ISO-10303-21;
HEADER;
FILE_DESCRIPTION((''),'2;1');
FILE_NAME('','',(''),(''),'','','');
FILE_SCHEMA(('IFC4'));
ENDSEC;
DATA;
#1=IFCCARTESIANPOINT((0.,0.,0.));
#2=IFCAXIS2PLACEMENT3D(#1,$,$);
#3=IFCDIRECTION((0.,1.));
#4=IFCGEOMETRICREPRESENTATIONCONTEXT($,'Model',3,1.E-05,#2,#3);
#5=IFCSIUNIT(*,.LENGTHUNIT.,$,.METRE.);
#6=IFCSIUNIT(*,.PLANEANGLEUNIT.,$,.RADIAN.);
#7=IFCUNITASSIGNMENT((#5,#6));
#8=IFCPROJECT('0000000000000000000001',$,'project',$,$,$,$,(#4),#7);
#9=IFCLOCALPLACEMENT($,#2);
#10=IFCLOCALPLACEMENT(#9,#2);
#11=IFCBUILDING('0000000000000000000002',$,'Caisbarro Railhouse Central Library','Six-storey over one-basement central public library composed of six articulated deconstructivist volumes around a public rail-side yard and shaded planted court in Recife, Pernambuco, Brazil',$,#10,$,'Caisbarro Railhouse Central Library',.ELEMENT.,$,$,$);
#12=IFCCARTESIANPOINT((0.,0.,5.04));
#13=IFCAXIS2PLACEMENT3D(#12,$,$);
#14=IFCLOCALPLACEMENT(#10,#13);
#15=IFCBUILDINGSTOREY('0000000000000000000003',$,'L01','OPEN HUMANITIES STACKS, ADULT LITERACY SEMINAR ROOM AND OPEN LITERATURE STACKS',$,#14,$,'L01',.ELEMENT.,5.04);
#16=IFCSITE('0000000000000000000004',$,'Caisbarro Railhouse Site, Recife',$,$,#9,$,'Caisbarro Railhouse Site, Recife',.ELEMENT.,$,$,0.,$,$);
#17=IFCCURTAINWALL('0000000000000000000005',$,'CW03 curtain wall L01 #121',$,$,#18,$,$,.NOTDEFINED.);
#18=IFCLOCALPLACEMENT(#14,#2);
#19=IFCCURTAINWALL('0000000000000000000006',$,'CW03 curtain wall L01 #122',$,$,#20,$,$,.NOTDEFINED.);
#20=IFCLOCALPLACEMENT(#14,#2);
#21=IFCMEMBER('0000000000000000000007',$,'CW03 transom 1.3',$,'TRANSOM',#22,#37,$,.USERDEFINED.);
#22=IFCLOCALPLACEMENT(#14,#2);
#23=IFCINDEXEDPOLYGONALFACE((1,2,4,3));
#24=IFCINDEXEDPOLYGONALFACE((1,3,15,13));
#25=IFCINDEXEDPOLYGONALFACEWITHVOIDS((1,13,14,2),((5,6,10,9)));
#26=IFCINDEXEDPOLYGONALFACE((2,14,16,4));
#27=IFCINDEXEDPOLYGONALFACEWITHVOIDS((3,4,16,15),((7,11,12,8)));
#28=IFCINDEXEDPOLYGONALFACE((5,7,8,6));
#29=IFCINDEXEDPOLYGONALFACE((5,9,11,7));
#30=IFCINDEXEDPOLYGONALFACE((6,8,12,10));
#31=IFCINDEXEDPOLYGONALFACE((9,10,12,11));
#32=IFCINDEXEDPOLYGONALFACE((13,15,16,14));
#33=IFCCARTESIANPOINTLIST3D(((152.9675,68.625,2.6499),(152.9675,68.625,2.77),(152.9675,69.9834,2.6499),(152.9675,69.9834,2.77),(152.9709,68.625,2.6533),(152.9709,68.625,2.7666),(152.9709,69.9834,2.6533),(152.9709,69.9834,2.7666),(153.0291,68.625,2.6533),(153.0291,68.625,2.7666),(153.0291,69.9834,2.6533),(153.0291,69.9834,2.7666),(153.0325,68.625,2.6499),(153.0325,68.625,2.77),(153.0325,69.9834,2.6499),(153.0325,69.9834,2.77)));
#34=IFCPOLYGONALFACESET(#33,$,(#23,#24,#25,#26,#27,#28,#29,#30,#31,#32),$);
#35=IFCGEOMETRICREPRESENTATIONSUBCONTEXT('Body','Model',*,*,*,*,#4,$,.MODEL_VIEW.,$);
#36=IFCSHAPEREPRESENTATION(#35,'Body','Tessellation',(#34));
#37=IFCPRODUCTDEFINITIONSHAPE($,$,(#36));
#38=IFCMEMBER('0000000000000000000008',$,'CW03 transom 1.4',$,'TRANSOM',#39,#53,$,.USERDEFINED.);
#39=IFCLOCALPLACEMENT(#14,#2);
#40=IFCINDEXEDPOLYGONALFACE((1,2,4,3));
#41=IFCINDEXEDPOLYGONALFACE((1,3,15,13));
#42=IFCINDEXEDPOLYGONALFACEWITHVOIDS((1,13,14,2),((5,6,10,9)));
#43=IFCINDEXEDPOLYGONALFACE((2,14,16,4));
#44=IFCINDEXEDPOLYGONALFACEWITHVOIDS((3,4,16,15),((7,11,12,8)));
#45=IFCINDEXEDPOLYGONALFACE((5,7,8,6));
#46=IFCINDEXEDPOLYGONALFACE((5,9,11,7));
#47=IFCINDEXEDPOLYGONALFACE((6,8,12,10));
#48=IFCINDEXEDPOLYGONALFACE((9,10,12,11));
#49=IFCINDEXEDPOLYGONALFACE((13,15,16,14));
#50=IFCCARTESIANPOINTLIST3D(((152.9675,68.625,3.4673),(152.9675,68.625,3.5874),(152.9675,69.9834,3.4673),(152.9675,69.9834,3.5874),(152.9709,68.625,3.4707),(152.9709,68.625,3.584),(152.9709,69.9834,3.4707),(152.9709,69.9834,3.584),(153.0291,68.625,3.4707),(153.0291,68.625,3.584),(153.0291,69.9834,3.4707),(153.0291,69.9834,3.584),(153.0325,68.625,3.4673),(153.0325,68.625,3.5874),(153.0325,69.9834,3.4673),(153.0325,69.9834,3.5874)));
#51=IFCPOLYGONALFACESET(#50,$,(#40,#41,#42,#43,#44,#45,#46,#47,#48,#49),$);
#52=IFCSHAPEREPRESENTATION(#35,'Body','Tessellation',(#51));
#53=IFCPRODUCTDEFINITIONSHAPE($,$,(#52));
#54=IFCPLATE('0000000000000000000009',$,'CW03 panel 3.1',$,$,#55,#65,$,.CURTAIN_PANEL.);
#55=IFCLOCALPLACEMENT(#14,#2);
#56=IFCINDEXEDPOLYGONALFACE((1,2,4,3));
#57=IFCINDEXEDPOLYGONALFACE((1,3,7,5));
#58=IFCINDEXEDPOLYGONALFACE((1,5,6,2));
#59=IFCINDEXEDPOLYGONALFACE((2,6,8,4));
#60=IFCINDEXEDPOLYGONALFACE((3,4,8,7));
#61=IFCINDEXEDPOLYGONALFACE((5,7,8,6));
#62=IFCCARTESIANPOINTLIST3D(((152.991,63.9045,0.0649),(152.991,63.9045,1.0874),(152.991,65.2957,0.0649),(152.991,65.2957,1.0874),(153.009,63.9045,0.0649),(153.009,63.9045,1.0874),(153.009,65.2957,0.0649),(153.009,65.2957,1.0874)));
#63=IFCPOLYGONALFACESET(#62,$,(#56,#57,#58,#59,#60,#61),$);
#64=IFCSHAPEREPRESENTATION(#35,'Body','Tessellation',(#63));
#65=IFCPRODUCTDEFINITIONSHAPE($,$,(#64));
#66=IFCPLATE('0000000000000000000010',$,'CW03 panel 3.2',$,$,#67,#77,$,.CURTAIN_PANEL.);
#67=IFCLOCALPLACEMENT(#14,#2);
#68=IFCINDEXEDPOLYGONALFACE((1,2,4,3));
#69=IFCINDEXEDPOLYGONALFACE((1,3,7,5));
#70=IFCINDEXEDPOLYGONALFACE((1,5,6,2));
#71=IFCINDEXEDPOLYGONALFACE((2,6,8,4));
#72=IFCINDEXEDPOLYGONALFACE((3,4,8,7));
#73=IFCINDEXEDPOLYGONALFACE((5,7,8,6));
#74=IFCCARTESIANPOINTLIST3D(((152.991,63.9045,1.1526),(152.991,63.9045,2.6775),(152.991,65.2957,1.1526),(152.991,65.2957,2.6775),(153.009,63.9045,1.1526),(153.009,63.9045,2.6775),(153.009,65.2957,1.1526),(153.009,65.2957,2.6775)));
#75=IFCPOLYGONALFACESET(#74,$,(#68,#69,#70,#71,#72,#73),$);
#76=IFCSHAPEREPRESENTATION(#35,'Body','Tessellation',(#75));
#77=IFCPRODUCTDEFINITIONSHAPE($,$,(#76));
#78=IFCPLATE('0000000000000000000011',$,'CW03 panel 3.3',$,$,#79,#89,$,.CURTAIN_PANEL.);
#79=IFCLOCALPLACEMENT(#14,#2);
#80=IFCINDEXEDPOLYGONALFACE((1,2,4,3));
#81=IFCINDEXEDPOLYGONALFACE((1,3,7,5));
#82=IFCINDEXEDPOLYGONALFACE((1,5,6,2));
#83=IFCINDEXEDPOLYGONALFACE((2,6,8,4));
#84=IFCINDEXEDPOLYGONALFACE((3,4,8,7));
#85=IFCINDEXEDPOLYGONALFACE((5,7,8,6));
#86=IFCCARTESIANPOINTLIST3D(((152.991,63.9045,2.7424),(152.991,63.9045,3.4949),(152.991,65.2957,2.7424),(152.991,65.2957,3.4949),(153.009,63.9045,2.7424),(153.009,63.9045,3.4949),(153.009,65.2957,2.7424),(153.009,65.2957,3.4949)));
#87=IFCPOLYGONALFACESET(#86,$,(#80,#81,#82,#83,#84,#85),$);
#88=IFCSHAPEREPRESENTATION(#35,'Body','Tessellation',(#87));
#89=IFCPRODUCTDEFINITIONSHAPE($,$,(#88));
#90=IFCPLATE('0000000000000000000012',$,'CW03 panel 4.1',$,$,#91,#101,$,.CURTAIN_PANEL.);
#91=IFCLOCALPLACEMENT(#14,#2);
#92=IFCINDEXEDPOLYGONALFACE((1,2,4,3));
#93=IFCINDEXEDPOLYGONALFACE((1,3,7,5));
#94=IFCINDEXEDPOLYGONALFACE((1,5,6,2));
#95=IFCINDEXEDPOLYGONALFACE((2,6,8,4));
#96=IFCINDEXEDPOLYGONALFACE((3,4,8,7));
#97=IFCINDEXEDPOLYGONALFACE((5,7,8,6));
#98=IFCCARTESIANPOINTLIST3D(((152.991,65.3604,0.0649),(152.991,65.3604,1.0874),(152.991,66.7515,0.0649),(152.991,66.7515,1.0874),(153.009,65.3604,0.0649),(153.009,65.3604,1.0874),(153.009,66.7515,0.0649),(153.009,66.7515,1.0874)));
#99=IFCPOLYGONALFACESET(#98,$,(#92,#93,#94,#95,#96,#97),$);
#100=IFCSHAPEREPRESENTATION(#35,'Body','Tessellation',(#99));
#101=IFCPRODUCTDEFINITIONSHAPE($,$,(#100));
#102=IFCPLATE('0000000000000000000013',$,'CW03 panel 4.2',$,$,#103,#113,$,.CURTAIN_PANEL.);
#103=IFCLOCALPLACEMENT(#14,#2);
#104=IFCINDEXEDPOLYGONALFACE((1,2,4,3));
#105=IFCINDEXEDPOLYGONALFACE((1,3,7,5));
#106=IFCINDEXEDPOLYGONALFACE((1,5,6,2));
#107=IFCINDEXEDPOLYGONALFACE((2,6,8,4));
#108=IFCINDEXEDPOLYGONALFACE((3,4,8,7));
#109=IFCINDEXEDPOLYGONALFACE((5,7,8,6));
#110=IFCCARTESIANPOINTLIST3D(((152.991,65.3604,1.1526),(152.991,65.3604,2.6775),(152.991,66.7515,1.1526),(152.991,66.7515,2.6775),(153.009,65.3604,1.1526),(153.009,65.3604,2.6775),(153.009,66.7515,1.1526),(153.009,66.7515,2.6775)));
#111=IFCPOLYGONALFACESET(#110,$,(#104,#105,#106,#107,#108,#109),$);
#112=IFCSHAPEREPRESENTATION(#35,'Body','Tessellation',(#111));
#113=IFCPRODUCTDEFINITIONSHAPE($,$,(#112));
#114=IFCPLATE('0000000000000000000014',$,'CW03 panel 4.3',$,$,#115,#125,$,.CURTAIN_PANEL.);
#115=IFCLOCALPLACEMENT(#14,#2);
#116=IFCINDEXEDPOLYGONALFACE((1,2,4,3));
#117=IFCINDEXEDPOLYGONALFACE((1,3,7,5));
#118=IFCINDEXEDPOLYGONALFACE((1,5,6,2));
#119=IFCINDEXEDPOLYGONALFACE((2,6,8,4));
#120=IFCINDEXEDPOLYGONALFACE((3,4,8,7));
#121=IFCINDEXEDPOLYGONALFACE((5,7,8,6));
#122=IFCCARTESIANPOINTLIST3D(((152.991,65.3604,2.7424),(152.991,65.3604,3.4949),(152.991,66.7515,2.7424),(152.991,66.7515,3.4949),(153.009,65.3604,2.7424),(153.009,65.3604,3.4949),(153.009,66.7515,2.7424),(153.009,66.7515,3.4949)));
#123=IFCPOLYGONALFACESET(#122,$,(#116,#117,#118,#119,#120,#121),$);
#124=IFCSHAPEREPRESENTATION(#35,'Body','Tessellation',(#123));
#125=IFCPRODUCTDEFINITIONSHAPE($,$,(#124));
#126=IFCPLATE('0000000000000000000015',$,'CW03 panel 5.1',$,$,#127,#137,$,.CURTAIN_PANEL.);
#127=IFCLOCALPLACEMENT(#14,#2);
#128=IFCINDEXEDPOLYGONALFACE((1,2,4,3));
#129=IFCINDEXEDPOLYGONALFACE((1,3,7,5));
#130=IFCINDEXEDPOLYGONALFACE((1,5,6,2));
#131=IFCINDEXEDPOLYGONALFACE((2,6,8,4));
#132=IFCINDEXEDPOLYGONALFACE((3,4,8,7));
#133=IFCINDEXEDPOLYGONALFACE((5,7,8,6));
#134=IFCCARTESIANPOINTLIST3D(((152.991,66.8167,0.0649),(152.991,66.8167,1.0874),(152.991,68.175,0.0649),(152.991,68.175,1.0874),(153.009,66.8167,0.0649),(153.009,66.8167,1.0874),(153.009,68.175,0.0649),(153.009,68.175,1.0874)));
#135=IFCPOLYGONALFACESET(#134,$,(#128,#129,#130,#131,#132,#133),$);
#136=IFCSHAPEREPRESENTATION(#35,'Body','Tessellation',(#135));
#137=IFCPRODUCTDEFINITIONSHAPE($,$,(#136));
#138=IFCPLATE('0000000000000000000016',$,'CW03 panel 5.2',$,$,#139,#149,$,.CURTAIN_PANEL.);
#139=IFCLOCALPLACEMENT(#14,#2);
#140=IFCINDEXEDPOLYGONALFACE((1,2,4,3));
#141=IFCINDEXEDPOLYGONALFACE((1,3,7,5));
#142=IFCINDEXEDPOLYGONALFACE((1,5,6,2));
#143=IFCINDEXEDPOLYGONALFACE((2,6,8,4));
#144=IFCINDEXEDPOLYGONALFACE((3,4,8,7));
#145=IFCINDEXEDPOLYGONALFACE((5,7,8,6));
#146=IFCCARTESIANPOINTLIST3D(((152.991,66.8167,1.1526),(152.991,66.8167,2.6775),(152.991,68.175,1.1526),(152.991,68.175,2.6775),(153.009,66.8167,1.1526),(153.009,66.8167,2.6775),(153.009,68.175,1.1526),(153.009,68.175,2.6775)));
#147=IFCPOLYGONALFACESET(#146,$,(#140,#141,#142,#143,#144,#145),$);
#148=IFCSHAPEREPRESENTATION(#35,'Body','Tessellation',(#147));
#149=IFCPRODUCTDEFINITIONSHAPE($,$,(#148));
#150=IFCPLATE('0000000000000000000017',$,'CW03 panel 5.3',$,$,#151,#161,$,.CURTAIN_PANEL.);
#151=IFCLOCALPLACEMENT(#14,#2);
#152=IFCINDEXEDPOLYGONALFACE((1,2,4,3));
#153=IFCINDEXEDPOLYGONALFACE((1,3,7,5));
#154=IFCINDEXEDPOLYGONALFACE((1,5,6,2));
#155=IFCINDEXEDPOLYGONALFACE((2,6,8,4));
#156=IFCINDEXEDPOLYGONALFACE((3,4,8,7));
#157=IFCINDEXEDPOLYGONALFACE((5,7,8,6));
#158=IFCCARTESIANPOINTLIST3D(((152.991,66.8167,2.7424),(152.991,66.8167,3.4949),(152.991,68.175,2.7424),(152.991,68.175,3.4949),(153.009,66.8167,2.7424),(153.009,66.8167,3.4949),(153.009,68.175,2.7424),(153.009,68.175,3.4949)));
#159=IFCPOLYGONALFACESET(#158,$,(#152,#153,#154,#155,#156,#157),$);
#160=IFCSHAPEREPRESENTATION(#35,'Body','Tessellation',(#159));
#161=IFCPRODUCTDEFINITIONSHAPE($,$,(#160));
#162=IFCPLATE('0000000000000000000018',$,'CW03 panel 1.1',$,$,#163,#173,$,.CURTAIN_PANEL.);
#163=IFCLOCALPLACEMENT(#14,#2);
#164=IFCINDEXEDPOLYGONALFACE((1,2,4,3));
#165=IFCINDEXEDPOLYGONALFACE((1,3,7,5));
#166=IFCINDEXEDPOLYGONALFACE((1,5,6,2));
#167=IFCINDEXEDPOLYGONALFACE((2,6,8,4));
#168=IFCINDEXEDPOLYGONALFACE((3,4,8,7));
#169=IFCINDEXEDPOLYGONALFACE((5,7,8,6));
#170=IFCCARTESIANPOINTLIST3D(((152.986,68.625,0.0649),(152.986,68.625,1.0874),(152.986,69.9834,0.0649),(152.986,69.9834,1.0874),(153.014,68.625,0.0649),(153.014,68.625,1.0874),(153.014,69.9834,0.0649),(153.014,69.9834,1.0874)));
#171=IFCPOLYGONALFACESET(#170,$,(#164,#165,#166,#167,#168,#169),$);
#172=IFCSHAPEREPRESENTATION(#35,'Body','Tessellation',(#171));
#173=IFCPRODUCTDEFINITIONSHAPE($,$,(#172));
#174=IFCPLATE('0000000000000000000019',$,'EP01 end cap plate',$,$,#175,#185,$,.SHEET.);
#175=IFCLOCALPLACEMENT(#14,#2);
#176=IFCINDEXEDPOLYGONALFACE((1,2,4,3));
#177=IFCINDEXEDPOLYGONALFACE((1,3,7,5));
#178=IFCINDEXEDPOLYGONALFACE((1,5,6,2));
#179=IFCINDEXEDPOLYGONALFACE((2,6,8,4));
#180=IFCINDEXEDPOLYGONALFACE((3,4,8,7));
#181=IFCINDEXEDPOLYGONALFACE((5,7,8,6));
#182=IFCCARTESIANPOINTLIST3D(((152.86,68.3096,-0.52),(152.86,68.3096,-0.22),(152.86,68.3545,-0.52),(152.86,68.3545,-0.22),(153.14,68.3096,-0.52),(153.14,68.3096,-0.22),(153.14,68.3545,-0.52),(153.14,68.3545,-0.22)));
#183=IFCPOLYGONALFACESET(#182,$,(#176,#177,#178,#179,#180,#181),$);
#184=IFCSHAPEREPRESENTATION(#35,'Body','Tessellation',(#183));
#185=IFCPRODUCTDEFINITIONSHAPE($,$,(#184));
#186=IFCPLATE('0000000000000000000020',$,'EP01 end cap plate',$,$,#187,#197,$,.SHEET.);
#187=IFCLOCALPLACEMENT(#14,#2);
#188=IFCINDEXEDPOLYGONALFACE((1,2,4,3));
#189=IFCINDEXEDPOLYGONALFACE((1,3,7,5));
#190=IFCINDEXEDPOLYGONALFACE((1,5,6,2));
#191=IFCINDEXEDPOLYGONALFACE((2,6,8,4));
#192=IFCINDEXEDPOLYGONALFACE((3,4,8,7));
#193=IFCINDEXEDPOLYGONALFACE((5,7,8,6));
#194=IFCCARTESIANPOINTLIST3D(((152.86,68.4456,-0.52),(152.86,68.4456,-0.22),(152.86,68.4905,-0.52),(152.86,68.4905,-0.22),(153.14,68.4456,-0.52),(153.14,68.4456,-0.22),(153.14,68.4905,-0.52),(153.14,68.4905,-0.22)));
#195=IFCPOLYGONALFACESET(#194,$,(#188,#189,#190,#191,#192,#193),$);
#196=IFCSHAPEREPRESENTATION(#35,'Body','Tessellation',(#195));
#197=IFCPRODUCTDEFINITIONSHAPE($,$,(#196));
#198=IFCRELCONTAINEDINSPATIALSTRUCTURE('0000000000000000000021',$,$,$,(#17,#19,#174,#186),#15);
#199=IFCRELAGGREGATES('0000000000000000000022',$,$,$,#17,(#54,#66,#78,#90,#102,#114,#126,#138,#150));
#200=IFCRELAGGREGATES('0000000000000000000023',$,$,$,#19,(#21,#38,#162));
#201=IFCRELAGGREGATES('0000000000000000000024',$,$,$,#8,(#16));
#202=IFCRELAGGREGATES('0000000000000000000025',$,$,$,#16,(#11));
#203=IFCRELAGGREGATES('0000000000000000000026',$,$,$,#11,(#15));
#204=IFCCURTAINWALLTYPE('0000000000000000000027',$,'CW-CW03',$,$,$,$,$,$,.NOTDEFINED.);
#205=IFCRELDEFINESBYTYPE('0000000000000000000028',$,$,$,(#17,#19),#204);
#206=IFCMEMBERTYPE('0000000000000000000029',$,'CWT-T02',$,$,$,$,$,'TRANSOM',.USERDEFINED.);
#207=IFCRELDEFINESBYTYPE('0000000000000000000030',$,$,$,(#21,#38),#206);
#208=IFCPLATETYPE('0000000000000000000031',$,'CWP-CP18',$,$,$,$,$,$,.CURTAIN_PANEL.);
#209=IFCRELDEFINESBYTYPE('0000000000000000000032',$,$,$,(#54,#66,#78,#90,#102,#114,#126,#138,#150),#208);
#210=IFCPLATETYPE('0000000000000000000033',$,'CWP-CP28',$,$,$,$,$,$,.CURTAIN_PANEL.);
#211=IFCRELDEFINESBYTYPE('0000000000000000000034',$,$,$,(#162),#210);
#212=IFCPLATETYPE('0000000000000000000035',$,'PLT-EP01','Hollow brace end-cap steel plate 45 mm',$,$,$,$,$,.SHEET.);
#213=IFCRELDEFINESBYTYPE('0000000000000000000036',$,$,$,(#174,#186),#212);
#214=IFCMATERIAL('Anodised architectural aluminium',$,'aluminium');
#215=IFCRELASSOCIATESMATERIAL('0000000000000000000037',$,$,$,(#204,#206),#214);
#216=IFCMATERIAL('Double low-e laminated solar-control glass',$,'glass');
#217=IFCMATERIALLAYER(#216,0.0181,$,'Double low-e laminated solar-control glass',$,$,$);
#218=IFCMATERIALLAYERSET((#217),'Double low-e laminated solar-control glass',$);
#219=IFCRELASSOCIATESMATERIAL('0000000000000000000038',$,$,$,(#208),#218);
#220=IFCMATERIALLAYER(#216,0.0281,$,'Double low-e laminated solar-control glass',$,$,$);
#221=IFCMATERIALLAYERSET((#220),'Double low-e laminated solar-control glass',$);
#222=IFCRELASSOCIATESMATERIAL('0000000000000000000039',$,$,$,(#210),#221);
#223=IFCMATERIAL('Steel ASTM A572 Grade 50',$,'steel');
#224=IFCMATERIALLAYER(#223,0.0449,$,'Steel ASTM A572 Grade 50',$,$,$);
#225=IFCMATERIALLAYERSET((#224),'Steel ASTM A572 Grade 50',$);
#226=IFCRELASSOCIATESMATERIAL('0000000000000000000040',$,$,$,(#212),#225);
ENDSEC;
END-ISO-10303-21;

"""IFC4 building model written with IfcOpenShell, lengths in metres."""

from ifc_helpers import new_model, si_unit, direction, frame, origin, origin_2d, place, context, subcontext, project, spatial, rectangle, hollow_rectangle, extrude, material, layer, layer_set, material_profile, profile_set, type_object, element, aggregate, save


model = new_model("IFC4")

# Units and contexts
model_context = context("Model", 3, precision=1e-05, world=origin(), true_north=direction((0.0, 1.0)))
body_context = subcontext(model_context, "Body", "Model", "MODEL_VIEW")
ifc_project = project(units=[si_unit("LENGTHUNIT", "METRE"), si_unit("PLANEANGLEUNIT", "RADIAN")], contexts=[model_context])

# Site, building, storey
site_placement = place(None, origin())
site = spatial("IfcSite", under=ifc_project, at=site_placement, Name="Caisbarro Railhouse Site, Recife", LongName="Caisbarro Railhouse Site, Recife", CompositionType="ELEMENT", RefElevation=0.0)
building_placement = place(site_placement, origin())
building = spatial("IfcBuilding", under=site, at=building_placement, Name="Caisbarro Railhouse Central Library", Description="Six-storey over one-basement central public library composed of six articulated deconstructivist volumes around a public rail-side yard and shaded planted court in Recife, Pernambuco, Brazil", LongName="Caisbarro Railhouse Central Library", CompositionType="ELEMENT")
storey_placement = place(building_placement, frame((0.0, 0.0, 5.04)))
storey = spatial("IfcBuildingStorey", under=building, at=storey_placement, Name="L01", Description="OPEN HUMANITIES STACKS, ADULT LITERACY SEMINAR ROOM AND OPEN LITERATURE STACKS", LongName="L01", CompositionType="ELEMENT", Elevation=5.04)

# Shared definitions
ifc_material_1 = material(Name="Steel ASTM A572 Grade 50", Category="steel")

# Curtain wall
ifc_material_2 = material(Name="Anodised architectural aluminium", Category="aluminium")
curtain_wall_type = type_object("IfcCurtainWallType", Name="CW-CW03", PredefinedType="NOTDEFINED", material=ifc_material_2)
curtain_wall_1_placement = place(storey_placement, origin())
curtain_wall_1 = element("IfcCurtainWall", 1, at=curtain_wall_1_placement, inside=storey, type_object=curtain_wall_type, Name="CW03 curtain wall L01 #121", PredefinedType="NOTDEFINED")

# Curtain wall
curtain_wall_2_placement = place(storey_placement, origin())
curtain_wall_2 = element("IfcCurtainWall", 2, at=curtain_wall_2_placement, inside=storey, type_object=curtain_wall_type, Name="CW03 curtain wall L01 #122", PredefinedType="NOTDEFINED")

# Members
ifc_material_profile_1 = material_profile(ifc_material_2, hollow_rectangle(XDim=0.0649, YDim=0.1201, WallThickness=0.0034, at=origin_2d()), Name="ALU-TRN-65X120")
ifc_profile_set_1 = profile_set([ifc_material_profile_1], Name="Anodised architectural aluminium")
member_type_1 = type_object("IfcMemberType", Name="CWT-T02", ElementType="TRANSOM", PredefinedType="USERDEFINED", material=ifc_profile_set_1)
member_1_placement = place(storey_placement, frame((153.0, 68.625, 2.71), z_axis=(0.0, 1.0, 0.0), x_axis=(-1.0, 0.0, 0.0)))
member_1 = element("IfcMember", 3, at=member_1_placement, type_object=member_type_1, Name="CW03 transom 1.3", ObjectType="TRANSOM", PredefinedType="USERDEFINED", context=body_context, shape_type="SweptSolid", body=[
    extrude(hollow_rectangle(XDim=0.0649, YDim=0.1201, WallThickness=0.0034, at=origin_2d()), origin(), (0.0, 0.0, 1.0), 1.3584),
])
member_2_placement = place(storey_placement, frame((153.0, 68.625, 3.5273), z_axis=(0.0, 1.0, 0.0), x_axis=(-1.0, 0.0, 0.0)))
member_2 = element("IfcMember", 4, at=member_2_placement, type_object=member_type_1, Name="CW03 transom 1.4", ObjectType="TRANSOM", PredefinedType="USERDEFINED", context=body_context, shape_type="SweptSolid", body=[
    extrude(hollow_rectangle(XDim=0.0649, YDim=0.1201, WallThickness=0.0034, at=origin_2d()), origin(), (0.0, 0.0, 1.0), 1.3584),
])

# Plates
ifc_material_3 = material(Name="Double low-e laminated solar-control glass", Category="glass")
ifc_layer_1 = layer(ifc_material_3, 0.0181, Name="Double low-e laminated solar-control glass")
ifc_layer_set_1 = layer_set([ifc_layer_1], Name="Double low-e laminated solar-control glass")
plate_type_1 = type_object("IfcPlateType", Name="CWP-CP18", PredefinedType="CURTAIN_PANEL", material=ifc_layer_set_1)
plate_1_placement = place(storey_placement, frame((153.0, 64.6001, 0.0649), z_axis=(0.0, 0.0, 1.0), x_axis=(0.0, 1.0, 0.0)))
plate_1 = element("IfcPlate", 5, at=plate_1_placement, type_object=plate_type_1, Name="CW03 panel 3.1", PredefinedType="CURTAIN_PANEL", context=body_context, shape_type="SweptSolid", body=[
    extrude(rectangle(XDim=1.3911, YDim=0.0181, at=origin_2d()), origin(), (0.0, 0.0, 1.0), 1.0225),
])
plate_2_placement = place(storey_placement, frame((153.0, 64.6001, 1.1526), z_axis=(0.0, 0.0, 1.0), x_axis=(0.0, 1.0, 0.0)))
plate_2 = element("IfcPlate", 6, at=plate_2_placement, type_object=plate_type_1, Name="CW03 panel 3.2", PredefinedType="CURTAIN_PANEL", context=body_context, shape_type="SweptSolid", body=[
    extrude(rectangle(XDim=1.3911, YDim=0.0181, at=origin_2d()), origin(), (0.0, 0.0, 1.0), 1.5249),
])
plate_3_placement = place(storey_placement, frame((153.0, 64.6001, 2.7424), z_axis=(0.0, 0.0, 1.0), x_axis=(0.0, 1.0, 0.0)))
plate_3 = element("IfcPlate", 7, at=plate_3_placement, type_object=plate_type_1, Name="CW03 panel 3.3", PredefinedType="CURTAIN_PANEL", context=body_context, shape_type="SweptSolid", body=[
    extrude(rectangle(XDim=1.3911, YDim=0.0181, at=origin_2d()), origin(), (0.0, 0.0, 1.0), 0.7524),
])
plate_4_placement = place(storey_placement, frame((153.0, 66.0559, 0.0649), z_axis=(0.0, 0.0, 1.0), x_axis=(0.0, 1.0, 0.0)))
plate_4 = element("IfcPlate", 8, at=plate_4_placement, type_object=plate_type_1, Name="CW03 panel 4.1", PredefinedType="CURTAIN_PANEL", context=body_context, shape_type="SweptSolid", body=[
    extrude(rectangle(XDim=1.3911, YDim=0.0181, at=origin_2d()), origin(), (0.0, 0.0, 1.0), 1.0225),
])
plate_5_placement = place(storey_placement, frame((153.0, 66.0559, 1.1526), z_axis=(0.0, 0.0, 1.0), x_axis=(0.0, 1.0, 0.0)))
plate_5 = element("IfcPlate", 9, at=plate_5_placement, type_object=plate_type_1, Name="CW03 panel 4.2", PredefinedType="CURTAIN_PANEL", context=body_context, shape_type="SweptSolid", body=[
    extrude(rectangle(XDim=1.3911, YDim=0.0181, at=origin_2d()), origin(), (0.0, 0.0, 1.0), 1.5249),
])
plate_6_placement = place(storey_placement, frame((153.0, 66.0559, 2.7424), z_axis=(0.0, 0.0, 1.0), x_axis=(0.0, 1.0, 0.0)))
plate_6 = element("IfcPlate", 10, at=plate_6_placement, type_object=plate_type_1, Name="CW03 panel 4.3", PredefinedType="CURTAIN_PANEL", context=body_context, shape_type="SweptSolid", body=[
    extrude(rectangle(XDim=1.3911, YDim=0.0181, at=origin_2d()), origin(), (0.0, 0.0, 1.0), 0.7524),
])
plate_7_placement = place(storey_placement, frame((153.0, 67.4958, 0.0649), z_axis=(0.0, 0.0, 1.0), x_axis=(0.0, 1.0, 0.0)))
plate_7 = element("IfcPlate", 11, at=plate_7_placement, type_object=plate_type_1, Name="CW03 panel 5.1", PredefinedType="CURTAIN_PANEL", context=body_context, shape_type="SweptSolid", body=[
    extrude(rectangle(XDim=1.3584, YDim=0.0181, at=origin_2d()), origin(), (0.0, 0.0, 1.0), 1.0225),
])
plate_8_placement = place(storey_placement, frame((153.0, 67.4958, 1.1526), z_axis=(0.0, 0.0, 1.0), x_axis=(0.0, 1.0, 0.0)))
plate_8 = element("IfcPlate", 12, at=plate_8_placement, type_object=plate_type_1, Name="CW03 panel 5.2", PredefinedType="CURTAIN_PANEL", context=body_context, shape_type="SweptSolid", body=[
    extrude(rectangle(XDim=1.3584, YDim=0.0181, at=origin_2d()), origin(), (0.0, 0.0, 1.0), 1.5249),
])
plate_9_placement = place(storey_placement, frame((153.0, 67.4958, 2.7424), z_axis=(0.0, 0.0, 1.0), x_axis=(0.0, 1.0, 0.0)))
plate_9 = element("IfcPlate", 13, at=plate_9_placement, type_object=plate_type_1, Name="CW03 panel 5.3", PredefinedType="CURTAIN_PANEL", context=body_context, shape_type="SweptSolid", body=[
    extrude(rectangle(XDim=1.3584, YDim=0.0181, at=origin_2d()), origin(), (0.0, 0.0, 1.0), 0.7524),
])
aggregate(curtain_wall_1, [plate_1, plate_2, plate_3, plate_4, plate_5, plate_6, plate_7, plate_8, plate_9])
ifc_layer_2 = layer(ifc_material_3, 0.0281, Name="Double low-e laminated solar-control glass")
ifc_layer_set_2 = layer_set([ifc_layer_2], Name="Double low-e laminated solar-control glass")
plate_type_2 = type_object("IfcPlateType", Name="CWP-CP28", PredefinedType="CURTAIN_PANEL", material=ifc_layer_set_2)
plate_10_placement = place(storey_placement, frame((153.0, 69.3042, 0.0649), z_axis=(0.0, 0.0, 1.0), x_axis=(0.0, 1.0, 0.0)))
plate_10 = element("IfcPlate", 14, at=plate_10_placement, type_object=plate_type_2, Name="CW03 panel 1.1", PredefinedType="CURTAIN_PANEL", context=body_context, shape_type="SweptSolid", body=[
    extrude(rectangle(XDim=1.3584, YDim=0.0281, at=origin_2d()), origin(), (0.0, 0.0, 1.0), 1.0225),
])
aggregate(curtain_wall_2, [member_1, member_2, plate_10])

# Plates
ifc_layer_3 = layer(ifc_material_1, 0.0449, Name="Steel ASTM A572 Grade 50")
ifc_layer_set_3 = layer_set([ifc_layer_3], Name="Steel ASTM A572 Grade 50")
plate_type_3 = type_object("IfcPlateType", Name="PLT-EP01", Description="Hollow brace end-cap steel plate 45 mm", PredefinedType="SHEET", material=ifc_layer_set_3)
for number, where, z_axis, x_axis, name in (
    (15, (153.0, 68.332, -0.52), (0.0, 0.0, 1.0), (0.0, 1.0, 0.0), "EP01 end cap plate"),
    (16, (153.0, 68.468, -0.52), (0.0, 0.0, 1.0), (0.0, 1.0, 0.0), "EP01 end cap plate"),
):
    element("IfcPlate", number, at=place(storey_placement, frame(where, z_axis=z_axis, x_axis=x_axis)), inside=storey, type_object=plate_type_3, Name=name, PredefinedType="SHEET", context=body_context, shape_type="SweptSolid", body=[
        extrude(rectangle(XDim=0.0449, YDim=0.28, at=origin_2d()), origin(), (0.0, 0.0, 1.0), 0.3),
    ])

save(model, "model.ifc")
